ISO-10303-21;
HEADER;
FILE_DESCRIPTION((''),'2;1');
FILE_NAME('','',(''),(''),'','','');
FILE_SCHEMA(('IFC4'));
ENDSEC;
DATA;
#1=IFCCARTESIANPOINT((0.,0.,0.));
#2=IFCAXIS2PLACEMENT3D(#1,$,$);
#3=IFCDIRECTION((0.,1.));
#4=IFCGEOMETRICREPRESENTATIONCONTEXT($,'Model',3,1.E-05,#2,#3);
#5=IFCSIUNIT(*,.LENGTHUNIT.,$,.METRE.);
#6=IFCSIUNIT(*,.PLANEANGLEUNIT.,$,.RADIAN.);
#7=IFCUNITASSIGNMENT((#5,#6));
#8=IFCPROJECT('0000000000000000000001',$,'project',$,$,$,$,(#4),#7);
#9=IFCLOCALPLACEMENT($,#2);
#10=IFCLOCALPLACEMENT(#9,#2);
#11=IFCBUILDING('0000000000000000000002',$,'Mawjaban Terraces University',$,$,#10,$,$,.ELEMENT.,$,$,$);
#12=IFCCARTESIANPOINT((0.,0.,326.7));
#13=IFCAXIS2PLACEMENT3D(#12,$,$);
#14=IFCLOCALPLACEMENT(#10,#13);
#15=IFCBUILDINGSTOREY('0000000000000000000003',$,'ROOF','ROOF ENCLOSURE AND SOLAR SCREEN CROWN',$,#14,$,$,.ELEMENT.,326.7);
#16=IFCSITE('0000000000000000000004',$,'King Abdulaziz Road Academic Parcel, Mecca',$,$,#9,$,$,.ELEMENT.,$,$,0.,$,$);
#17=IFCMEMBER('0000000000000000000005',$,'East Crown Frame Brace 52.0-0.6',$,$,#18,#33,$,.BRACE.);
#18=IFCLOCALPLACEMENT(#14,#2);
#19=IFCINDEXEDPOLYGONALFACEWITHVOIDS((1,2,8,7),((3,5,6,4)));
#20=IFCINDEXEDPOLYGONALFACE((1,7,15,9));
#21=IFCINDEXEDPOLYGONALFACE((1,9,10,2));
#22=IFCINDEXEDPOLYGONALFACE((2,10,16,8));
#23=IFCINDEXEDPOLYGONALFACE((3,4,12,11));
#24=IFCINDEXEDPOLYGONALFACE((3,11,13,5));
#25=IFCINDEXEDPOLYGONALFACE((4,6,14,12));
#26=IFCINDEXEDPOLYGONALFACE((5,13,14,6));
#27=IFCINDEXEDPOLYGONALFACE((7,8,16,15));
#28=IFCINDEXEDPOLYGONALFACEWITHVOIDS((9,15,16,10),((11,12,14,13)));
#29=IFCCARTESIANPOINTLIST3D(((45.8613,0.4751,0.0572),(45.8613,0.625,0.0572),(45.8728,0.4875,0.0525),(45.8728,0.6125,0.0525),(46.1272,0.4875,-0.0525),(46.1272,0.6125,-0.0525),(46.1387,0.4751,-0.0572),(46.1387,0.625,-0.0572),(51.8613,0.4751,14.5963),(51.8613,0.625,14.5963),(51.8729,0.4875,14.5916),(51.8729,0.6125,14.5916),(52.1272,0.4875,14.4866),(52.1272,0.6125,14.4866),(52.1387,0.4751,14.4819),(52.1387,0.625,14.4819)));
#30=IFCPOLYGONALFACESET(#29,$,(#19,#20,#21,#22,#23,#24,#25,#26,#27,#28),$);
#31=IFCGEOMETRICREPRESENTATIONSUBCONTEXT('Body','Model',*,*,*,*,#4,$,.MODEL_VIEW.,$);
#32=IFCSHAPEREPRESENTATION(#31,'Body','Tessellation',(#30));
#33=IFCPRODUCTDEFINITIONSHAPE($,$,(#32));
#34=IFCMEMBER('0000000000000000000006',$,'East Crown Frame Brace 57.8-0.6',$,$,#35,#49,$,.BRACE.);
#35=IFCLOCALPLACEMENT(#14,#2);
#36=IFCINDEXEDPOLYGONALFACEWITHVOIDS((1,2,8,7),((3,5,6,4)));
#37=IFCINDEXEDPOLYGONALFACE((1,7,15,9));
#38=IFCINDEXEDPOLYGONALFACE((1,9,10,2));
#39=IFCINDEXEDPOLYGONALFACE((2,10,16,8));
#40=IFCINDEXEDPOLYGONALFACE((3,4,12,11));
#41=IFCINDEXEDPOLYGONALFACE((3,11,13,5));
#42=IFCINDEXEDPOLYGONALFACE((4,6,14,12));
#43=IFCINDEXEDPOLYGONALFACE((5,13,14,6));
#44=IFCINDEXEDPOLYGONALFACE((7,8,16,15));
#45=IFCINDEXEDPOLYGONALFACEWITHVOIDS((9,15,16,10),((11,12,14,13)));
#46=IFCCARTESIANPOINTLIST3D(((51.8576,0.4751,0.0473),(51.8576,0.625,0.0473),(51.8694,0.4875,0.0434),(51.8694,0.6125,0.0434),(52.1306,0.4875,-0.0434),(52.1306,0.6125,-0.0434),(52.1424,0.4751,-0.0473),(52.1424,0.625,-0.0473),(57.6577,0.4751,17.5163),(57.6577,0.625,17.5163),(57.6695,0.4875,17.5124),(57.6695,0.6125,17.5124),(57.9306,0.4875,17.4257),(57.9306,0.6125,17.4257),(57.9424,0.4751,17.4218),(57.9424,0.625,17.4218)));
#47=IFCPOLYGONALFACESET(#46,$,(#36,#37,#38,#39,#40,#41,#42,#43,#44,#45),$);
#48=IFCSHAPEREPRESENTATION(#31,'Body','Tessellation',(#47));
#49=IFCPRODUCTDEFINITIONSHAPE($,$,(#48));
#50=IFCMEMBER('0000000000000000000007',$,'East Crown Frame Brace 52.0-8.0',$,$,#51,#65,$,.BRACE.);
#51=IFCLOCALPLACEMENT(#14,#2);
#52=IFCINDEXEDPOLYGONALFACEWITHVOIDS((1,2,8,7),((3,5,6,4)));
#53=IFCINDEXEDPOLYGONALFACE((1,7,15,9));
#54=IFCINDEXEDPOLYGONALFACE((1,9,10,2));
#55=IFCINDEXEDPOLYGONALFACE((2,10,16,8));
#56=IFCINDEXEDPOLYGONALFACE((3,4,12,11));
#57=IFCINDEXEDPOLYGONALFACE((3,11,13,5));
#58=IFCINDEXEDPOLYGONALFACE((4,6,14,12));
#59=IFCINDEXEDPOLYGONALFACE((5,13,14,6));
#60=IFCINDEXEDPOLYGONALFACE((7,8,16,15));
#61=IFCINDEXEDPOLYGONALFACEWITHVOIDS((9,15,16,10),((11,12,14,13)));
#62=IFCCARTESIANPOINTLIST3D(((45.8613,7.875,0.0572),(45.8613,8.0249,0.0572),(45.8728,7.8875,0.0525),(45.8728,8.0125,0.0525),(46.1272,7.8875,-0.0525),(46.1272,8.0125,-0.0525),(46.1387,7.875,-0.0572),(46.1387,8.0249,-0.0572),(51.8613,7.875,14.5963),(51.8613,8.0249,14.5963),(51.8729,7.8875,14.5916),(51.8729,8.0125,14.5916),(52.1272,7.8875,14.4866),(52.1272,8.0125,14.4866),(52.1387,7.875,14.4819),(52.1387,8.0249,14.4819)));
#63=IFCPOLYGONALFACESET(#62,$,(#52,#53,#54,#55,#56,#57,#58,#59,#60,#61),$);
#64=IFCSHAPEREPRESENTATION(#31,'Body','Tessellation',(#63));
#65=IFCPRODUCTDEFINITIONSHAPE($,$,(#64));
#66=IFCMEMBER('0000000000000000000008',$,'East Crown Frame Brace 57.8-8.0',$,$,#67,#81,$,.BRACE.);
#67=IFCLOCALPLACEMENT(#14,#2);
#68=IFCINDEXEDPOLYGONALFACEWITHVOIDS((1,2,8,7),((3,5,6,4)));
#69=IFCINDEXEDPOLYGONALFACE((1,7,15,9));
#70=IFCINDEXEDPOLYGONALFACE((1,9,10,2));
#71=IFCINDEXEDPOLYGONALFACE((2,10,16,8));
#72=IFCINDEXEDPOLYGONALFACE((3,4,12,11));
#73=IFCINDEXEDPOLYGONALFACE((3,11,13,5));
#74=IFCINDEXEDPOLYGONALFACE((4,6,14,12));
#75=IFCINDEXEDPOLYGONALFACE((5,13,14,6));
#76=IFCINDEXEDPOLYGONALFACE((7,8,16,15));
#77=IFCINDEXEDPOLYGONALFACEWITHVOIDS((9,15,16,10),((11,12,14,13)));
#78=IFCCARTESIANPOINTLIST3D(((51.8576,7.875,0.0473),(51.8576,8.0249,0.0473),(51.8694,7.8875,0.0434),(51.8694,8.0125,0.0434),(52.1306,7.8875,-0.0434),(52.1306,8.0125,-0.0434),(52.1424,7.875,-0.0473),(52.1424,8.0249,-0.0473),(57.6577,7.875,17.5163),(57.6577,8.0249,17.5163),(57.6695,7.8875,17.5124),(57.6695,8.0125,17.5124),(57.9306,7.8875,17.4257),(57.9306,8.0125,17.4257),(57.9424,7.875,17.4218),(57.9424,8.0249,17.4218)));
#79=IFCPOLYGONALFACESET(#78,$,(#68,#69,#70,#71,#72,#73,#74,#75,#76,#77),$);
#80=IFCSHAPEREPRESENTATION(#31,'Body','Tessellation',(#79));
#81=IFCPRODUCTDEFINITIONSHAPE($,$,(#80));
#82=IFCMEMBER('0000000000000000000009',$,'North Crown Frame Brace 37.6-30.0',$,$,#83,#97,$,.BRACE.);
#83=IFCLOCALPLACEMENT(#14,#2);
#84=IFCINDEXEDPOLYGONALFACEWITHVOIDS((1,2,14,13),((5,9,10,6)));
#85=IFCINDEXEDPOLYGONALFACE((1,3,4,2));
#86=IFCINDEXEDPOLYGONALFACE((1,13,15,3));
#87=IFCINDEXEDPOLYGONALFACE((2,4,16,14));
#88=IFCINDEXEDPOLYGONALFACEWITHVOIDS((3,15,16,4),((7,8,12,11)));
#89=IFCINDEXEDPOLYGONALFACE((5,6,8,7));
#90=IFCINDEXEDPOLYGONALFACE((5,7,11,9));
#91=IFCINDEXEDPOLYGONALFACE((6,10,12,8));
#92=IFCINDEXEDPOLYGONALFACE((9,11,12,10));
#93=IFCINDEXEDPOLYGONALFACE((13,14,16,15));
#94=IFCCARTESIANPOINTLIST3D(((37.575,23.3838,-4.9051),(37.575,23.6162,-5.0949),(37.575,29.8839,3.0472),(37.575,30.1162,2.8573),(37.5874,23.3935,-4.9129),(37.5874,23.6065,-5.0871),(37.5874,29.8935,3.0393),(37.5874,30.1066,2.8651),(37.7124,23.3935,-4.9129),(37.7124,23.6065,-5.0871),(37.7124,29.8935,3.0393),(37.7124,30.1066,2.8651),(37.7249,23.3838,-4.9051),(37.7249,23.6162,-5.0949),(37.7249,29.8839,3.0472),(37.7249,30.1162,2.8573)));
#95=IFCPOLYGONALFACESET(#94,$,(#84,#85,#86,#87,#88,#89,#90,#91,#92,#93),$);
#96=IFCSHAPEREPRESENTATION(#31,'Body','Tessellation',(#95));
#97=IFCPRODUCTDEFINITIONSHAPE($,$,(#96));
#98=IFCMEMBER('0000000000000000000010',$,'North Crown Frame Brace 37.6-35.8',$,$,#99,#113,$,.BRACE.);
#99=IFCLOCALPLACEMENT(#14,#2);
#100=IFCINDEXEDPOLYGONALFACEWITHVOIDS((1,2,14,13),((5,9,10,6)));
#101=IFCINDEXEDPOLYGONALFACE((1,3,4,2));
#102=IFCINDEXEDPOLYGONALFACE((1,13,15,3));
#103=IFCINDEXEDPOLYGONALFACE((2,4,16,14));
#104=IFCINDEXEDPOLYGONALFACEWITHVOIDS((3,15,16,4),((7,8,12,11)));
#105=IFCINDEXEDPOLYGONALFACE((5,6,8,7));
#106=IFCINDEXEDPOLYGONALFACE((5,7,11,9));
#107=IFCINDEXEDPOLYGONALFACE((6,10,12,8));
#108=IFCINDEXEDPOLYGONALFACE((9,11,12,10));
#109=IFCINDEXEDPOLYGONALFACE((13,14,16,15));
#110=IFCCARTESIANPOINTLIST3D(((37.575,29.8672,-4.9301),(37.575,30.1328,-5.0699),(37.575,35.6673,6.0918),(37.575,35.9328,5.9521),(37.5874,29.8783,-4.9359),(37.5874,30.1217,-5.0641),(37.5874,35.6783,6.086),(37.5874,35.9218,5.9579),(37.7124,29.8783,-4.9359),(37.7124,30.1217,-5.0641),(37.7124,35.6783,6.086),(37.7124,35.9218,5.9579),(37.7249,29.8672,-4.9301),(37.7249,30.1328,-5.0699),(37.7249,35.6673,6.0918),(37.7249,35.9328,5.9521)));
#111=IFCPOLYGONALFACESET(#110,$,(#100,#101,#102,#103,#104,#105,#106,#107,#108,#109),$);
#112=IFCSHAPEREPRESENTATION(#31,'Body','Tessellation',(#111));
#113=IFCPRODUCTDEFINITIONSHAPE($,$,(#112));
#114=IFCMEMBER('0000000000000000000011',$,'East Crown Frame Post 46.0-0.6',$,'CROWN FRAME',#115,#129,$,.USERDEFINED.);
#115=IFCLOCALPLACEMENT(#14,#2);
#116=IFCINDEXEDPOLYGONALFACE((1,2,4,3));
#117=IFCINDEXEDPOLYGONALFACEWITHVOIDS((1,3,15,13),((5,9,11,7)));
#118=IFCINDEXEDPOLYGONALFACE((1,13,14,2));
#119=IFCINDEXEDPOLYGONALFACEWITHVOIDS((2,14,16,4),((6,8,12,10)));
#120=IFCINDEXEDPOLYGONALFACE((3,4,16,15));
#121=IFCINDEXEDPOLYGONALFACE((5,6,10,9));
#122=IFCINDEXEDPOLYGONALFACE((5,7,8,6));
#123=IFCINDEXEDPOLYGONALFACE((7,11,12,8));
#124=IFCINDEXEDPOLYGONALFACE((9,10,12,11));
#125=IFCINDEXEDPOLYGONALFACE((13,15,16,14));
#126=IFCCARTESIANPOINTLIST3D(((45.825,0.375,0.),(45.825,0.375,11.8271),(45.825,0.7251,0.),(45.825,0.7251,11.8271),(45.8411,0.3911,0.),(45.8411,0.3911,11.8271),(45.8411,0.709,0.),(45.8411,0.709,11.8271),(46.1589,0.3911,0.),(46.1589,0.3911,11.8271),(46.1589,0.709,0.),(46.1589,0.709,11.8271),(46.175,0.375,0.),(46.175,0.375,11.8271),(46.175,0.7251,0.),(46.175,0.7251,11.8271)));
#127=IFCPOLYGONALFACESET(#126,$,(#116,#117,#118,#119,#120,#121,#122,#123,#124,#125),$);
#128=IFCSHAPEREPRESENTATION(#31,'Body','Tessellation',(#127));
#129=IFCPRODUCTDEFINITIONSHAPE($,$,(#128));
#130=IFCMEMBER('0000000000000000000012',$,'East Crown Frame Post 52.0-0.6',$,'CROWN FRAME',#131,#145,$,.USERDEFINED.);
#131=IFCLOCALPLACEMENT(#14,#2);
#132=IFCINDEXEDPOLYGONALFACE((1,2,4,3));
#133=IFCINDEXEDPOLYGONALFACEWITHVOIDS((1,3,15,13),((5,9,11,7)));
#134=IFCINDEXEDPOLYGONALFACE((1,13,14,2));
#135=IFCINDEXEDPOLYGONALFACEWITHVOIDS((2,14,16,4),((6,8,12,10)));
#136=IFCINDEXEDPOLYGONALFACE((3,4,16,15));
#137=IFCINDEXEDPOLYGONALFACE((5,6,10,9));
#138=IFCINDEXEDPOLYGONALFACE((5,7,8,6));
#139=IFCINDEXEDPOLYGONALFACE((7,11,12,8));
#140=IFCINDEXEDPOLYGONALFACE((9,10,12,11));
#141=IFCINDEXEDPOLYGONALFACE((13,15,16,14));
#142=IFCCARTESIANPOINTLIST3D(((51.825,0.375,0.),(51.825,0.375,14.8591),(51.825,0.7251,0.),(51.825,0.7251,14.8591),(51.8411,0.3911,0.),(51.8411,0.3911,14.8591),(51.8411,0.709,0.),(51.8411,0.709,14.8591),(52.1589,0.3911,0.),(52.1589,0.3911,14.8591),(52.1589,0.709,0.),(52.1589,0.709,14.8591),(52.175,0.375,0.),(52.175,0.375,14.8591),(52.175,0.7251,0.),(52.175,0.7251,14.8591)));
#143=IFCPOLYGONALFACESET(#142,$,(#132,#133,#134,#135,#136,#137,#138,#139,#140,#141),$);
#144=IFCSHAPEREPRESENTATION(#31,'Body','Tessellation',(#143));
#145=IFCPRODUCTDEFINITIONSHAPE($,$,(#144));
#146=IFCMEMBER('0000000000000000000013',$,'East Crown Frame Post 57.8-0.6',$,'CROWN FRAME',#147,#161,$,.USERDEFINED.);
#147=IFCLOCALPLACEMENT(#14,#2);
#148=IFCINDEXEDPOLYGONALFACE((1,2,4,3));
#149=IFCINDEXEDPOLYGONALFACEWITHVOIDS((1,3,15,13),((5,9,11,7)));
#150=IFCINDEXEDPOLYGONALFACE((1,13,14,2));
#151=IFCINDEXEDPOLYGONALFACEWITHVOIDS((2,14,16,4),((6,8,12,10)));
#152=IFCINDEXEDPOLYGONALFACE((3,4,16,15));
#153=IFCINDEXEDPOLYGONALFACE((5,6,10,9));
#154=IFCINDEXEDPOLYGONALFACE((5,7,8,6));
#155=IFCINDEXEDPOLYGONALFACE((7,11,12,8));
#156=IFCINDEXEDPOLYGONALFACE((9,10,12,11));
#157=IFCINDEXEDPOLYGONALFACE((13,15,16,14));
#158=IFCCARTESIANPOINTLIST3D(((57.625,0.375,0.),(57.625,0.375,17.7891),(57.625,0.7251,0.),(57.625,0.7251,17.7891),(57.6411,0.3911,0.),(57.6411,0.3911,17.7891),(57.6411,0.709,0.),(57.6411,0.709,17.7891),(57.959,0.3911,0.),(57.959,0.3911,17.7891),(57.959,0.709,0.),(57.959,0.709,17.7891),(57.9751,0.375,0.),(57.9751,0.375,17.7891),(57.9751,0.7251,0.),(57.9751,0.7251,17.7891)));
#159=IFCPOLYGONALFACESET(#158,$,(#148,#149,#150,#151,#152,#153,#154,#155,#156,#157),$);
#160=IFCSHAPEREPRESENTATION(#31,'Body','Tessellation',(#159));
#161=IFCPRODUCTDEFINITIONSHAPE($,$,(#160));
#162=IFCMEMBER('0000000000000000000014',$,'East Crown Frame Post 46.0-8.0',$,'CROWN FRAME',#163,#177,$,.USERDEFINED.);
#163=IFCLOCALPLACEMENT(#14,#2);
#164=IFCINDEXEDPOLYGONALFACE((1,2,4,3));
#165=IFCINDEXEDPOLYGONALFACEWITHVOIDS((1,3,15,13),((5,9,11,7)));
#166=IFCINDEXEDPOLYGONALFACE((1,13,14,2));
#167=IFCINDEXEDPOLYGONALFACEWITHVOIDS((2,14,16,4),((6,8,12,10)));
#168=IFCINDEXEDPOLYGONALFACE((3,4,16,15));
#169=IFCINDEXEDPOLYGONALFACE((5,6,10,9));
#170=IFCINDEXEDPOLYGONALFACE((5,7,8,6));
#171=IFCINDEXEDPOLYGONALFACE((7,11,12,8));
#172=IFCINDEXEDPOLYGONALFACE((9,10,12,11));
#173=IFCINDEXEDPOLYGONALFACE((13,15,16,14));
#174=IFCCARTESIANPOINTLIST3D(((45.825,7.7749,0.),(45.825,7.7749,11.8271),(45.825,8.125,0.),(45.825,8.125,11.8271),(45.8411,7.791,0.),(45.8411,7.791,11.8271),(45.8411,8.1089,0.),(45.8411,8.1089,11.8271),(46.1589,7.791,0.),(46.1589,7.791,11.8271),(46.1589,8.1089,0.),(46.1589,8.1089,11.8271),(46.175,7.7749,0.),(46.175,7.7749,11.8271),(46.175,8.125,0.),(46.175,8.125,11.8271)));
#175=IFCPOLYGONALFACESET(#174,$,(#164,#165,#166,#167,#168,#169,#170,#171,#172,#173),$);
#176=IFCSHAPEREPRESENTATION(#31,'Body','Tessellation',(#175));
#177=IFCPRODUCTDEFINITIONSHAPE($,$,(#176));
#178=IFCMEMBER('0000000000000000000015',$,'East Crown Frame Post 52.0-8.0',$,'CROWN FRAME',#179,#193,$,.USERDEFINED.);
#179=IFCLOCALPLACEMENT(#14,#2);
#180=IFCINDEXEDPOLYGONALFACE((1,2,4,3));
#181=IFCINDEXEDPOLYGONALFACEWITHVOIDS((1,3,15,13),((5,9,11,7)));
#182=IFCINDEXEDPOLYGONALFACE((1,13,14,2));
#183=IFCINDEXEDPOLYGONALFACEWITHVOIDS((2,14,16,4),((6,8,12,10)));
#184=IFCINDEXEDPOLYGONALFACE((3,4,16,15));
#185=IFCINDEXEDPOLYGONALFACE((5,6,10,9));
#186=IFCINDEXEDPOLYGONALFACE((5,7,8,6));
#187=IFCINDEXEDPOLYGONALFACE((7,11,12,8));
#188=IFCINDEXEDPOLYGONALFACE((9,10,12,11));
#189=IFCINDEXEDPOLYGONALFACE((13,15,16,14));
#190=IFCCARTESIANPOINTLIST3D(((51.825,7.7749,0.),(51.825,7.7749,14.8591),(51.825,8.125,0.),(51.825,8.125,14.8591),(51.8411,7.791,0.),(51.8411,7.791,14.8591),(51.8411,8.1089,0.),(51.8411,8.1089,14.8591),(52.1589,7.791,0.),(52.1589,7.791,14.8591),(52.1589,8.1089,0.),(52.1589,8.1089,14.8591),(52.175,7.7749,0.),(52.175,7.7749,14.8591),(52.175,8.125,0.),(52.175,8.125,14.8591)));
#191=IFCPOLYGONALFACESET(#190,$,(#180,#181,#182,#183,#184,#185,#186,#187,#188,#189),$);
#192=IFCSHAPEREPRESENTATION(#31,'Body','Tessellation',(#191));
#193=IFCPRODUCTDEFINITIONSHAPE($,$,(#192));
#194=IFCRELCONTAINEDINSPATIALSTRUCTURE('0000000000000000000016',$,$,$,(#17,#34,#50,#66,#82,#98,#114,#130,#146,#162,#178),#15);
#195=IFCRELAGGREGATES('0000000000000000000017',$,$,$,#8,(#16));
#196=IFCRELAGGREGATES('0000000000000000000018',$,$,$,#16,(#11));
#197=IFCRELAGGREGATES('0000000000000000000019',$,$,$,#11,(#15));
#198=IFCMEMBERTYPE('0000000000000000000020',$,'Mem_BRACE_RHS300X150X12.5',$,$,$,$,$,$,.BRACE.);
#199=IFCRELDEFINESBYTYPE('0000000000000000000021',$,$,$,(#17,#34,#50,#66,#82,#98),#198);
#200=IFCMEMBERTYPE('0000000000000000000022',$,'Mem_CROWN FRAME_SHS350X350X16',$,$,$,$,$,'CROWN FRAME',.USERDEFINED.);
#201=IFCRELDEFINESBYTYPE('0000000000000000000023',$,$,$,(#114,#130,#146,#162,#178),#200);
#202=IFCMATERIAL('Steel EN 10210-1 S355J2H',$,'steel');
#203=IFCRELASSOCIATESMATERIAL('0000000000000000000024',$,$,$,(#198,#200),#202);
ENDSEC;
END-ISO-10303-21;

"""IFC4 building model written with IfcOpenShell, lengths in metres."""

from ifc_helpers import new_model, si_unit, direction, frame, origin, origin_2d, place, context, subcontext, project, spatial, hollow_rectangle, extrude, material, material_profile, profile_set, type_object, element, save


model = new_model("IFC4")

# Units and contexts
model_context = context("Model", 3, precision=1e-05, world=origin(), true_north=direction((0.0, 1.0)))
body_context = subcontext(model_context, "Body", "Model", "MODEL_VIEW")
ifc_project = project(units=[si_unit("LENGTHUNIT", "METRE"), si_unit("PLANEANGLEUNIT", "RADIAN")], contexts=[model_context])

# Site, building, storey
site_placement = place(None, origin())
site = spatial("IfcSite", under=ifc_project, at=site_placement, Name="King Abdulaziz Road Academic Parcel, Mecca", CompositionType="ELEMENT", RefElevation=0.0)
building_placement = place(site_placement, origin())
building = spatial("IfcBuilding", under=site, at=building_placement, Name="Mawjaban Terraces University", CompositionType="ELEMENT")
storey_placement = place(building_placement, frame((0.0, 0.0, 326.7)))
storey = spatial("IfcBuildingStorey", under=building, at=storey_placement, Name="ROOF", Description="ROOF ENCLOSURE AND SOLAR SCREEN CROWN", CompositionType="ELEMENT", Elevation=326.7)

# Members
ifc_material_1 = material(Name="Steel EN 10210-1 S355J2H", Category="steel")
ifc_material_profile_1 = material_profile(ifc_material_1, hollow_rectangle(XDim=0.1499, YDim=0.3, WallThickness=0.0125, at=origin_2d()), Name="RHS300X150X12.5")
ifc_profile_set_1 = profile_set([ifc_material_profile_1], Name="Steel EN 10210-1 S355J2H")
member_type_1 = type_object("IfcMemberType", Name="Mem_BRACE_RHS300X150X12.5", PredefinedType="BRACE", material=ifc_profile_set_1)
member_1_placement = place(storey_placement, frame((46.0, 0.55, 0.0), z_axis=(0.381474, 0.0, 0.924379), x_axis=(0.0, 1.0, 0.0)))
element("IfcMember", 1, at=member_1_placement, inside=storey, type_object=member_type_1, Name="East Crown Frame Brace 52.0-0.6", PredefinedType="BRACE", context=body_context, shape_type="SweptSolid", body=[
    extrude(hollow_rectangle(XDim=0.1499, YDim=0.3, WallThickness=0.0125, at=origin_2d()), origin(), (0.0, 0.0, 1.0), 15.7285),
])
member_2_placement = place(storey_placement, frame((52.0, 0.55, 0.0), z_axis=(0.315105, 0.0, 0.949057), x_axis=(0.0, 1.0, 0.0)))
element("IfcMember", 2, at=member_2_placement, inside=storey, type_object=member_type_1, Name="East Crown Frame Brace 57.8-0.6", PredefinedType="BRACE", context=body_context, shape_type="SweptSolid", body=[
    extrude(hollow_rectangle(XDim=0.1499, YDim=0.3, WallThickness=0.0125, at=origin_2d()), origin(), (0.0, 0.0, 1.0), 18.4067),
])
member_3_placement = place(storey_placement, frame((46.0, 7.95, 0.0), z_axis=(0.381474, 0.0, 0.924379), x_axis=(0.0, 1.0, 0.0)))
element("IfcMember", 3, at=member_3_placement, inside=storey, type_object=member_type_1, Name="East Crown Frame Brace 52.0-8.0", PredefinedType="BRACE", context=body_context, shape_type="SweptSolid", body=[
    extrude(hollow_rectangle(XDim=0.1499, YDim=0.3, WallThickness=0.0125, at=origin_2d()), origin(), (0.0, 0.0, 1.0), 15.7285),
])
member_4_placement = place(storey_placement, frame((52.0, 7.95, 0.0), z_axis=(0.315105, 0.0, 0.949057), x_axis=(0.0, 1.0, 0.0)))
element("IfcMember", 4, at=member_4_placement, inside=storey, type_object=member_type_1, Name="East Crown Frame Brace 57.8-8.0", PredefinedType="BRACE", context=body_context, shape_type="SweptSolid", body=[
    extrude(hollow_rectangle(XDim=0.1499, YDim=0.3, WallThickness=0.0125, at=origin_2d()), origin(), (0.0, 0.0, 1.0), 18.4067),
])
member_5_placement = place(storey_placement, frame((37.6499, 23.5, -5.0), z_axis=(0.0, 0.63287, 0.774258), x_axis=(-1.0, 0.0, 0.0)))
element("IfcMember", 5, at=member_5_placement, inside=storey, type_object=member_type_1, Name="North Crown Frame Brace 37.6-30.0", PredefinedType="BRACE", context=body_context, shape_type="SweptSolid", body=[
    extrude(hollow_rectangle(XDim=0.1499, YDim=0.3, WallThickness=0.0125, at=origin_2d()), origin(), (0.0, 0.0, 1.0), 10.2708),
])
member_6_placement = place(storey_placement, frame((37.6499, 30.0, -5.0), z_axis=(0.0, 0.465684, 0.884951), x_axis=(-1.0, 0.0, 0.0)))
element("IfcMember", 6, at=member_6_placement, inside=storey, type_object=member_type_1, Name="North Crown Frame Brace 37.6-35.8", PredefinedType="BRACE", context=body_context, shape_type="SweptSolid", body=[
    extrude(hollow_rectangle(XDim=0.1499, YDim=0.3, WallThickness=0.0125, at=origin_2d()), origin(), (0.0, 0.0, 1.0), 12.4548),
])
ifc_material_profile_2 = material_profile(ifc_material_1, hollow_rectangle(XDim=0.3501, YDim=0.3501, WallThickness=0.0161, at=origin_2d()), Name="SHS350X350X16")
ifc_profile_set_2 = profile_set([ifc_material_profile_2], Name="Steel EN 10210-1 S355J2H")
member_type_2 = type_object("IfcMemberType", Name="Mem_CROWN FRAME_SHS350X350X16", ElementType="CROWN FRAME", PredefinedType="USERDEFINED", material=ifc_profile_set_2)
member_7_placement = place(storey_placement, frame((46.0, 0.55, 0.0), z_axis=(0.0, 0.0, 1.0), x_axis=(1.0, 0.0, 0.0)))
element("IfcMember", 7, at=member_7_placement, inside=storey, type_object=member_type_2, Name="East Crown Frame Post 46.0-0.6", ObjectType="CROWN FRAME", PredefinedType="USERDEFINED", context=body_context, shape_type="SweptSolid", body=[
    extrude(hollow_rectangle(XDim=0.3501, YDim=0.3501, WallThickness=0.0161, at=origin_2d()), origin(), (0.0, 0.0, 1.0), 11.8271),
])
member_8_placement = place(storey_placement, frame((52.0, 0.55, 0.0), z_axis=(0.0, 0.0, 1.0), x_axis=(1.0, 0.0, 0.0)))
element("IfcMember", 8, at=member_8_placement, inside=storey, type_object=member_type_2, Name="East Crown Frame Post 52.0-0.6", ObjectType="CROWN FRAME", PredefinedType="USERDEFINED", context=body_context, shape_type="SweptSolid", body=[
    extrude(hollow_rectangle(XDim=0.3501, YDim=0.3501, WallThickness=0.0161, at=origin_2d()), origin(), (0.0, 0.0, 1.0), 14.8591),
])
member_9_placement = place(storey_placement, frame((57.8, 0.55, 0.0), z_axis=(0.0, 0.0, 1.0), x_axis=(1.0, 0.0, 0.0)))
element("IfcMember", 9, at=member_9_placement, inside=storey, type_object=member_type_2, Name="East Crown Frame Post 57.8-0.6", ObjectType="CROWN FRAME", PredefinedType="USERDEFINED", context=body_context, shape_type="SweptSolid", body=[
    extrude(hollow_rectangle(XDim=0.3501, YDim=0.3501, WallThickness=0.0161, at=origin_2d()), origin(), (0.0, 0.0, 1.0), 17.7891),
])
member_10_placement = place(storey_placement, frame((46.0, 7.95, 0.0), z_axis=(0.0, 0.0, 1.0), x_axis=(1.0, 0.0, 0.0)))
element("IfcMember", 10, at=member_10_placement, inside=storey, type_object=member_type_2, Name="East Crown Frame Post 46.0-8.0", ObjectType="CROWN FRAME", PredefinedType="USERDEFINED", context=body_context, shape_type="SweptSolid", body=[
    extrude(hollow_rectangle(XDim=0.3501, YDim=0.3501, WallThickness=0.0161, at=origin_2d()), origin(), (0.0, 0.0, 1.0), 11.8271),
])
member_11_placement = place(storey_placement, frame((52.0, 7.95, 0.0), z_axis=(0.0, 0.0, 1.0), x_axis=(1.0, 0.0, 0.0)))
element("IfcMember", 11, at=member_11_placement, inside=storey, type_object=member_type_2, Name="East Crown Frame Post 52.0-8.0", ObjectType="CROWN FRAME", PredefinedType="USERDEFINED", context=body_context, shape_type="SweptSolid", body=[
    extrude(hollow_rectangle(XDim=0.3501, YDim=0.3501, WallThickness=0.0161, at=origin_2d()), origin(), (0.0, 0.0, 1.0), 14.8591),
])

save(model, "model.ifc")
